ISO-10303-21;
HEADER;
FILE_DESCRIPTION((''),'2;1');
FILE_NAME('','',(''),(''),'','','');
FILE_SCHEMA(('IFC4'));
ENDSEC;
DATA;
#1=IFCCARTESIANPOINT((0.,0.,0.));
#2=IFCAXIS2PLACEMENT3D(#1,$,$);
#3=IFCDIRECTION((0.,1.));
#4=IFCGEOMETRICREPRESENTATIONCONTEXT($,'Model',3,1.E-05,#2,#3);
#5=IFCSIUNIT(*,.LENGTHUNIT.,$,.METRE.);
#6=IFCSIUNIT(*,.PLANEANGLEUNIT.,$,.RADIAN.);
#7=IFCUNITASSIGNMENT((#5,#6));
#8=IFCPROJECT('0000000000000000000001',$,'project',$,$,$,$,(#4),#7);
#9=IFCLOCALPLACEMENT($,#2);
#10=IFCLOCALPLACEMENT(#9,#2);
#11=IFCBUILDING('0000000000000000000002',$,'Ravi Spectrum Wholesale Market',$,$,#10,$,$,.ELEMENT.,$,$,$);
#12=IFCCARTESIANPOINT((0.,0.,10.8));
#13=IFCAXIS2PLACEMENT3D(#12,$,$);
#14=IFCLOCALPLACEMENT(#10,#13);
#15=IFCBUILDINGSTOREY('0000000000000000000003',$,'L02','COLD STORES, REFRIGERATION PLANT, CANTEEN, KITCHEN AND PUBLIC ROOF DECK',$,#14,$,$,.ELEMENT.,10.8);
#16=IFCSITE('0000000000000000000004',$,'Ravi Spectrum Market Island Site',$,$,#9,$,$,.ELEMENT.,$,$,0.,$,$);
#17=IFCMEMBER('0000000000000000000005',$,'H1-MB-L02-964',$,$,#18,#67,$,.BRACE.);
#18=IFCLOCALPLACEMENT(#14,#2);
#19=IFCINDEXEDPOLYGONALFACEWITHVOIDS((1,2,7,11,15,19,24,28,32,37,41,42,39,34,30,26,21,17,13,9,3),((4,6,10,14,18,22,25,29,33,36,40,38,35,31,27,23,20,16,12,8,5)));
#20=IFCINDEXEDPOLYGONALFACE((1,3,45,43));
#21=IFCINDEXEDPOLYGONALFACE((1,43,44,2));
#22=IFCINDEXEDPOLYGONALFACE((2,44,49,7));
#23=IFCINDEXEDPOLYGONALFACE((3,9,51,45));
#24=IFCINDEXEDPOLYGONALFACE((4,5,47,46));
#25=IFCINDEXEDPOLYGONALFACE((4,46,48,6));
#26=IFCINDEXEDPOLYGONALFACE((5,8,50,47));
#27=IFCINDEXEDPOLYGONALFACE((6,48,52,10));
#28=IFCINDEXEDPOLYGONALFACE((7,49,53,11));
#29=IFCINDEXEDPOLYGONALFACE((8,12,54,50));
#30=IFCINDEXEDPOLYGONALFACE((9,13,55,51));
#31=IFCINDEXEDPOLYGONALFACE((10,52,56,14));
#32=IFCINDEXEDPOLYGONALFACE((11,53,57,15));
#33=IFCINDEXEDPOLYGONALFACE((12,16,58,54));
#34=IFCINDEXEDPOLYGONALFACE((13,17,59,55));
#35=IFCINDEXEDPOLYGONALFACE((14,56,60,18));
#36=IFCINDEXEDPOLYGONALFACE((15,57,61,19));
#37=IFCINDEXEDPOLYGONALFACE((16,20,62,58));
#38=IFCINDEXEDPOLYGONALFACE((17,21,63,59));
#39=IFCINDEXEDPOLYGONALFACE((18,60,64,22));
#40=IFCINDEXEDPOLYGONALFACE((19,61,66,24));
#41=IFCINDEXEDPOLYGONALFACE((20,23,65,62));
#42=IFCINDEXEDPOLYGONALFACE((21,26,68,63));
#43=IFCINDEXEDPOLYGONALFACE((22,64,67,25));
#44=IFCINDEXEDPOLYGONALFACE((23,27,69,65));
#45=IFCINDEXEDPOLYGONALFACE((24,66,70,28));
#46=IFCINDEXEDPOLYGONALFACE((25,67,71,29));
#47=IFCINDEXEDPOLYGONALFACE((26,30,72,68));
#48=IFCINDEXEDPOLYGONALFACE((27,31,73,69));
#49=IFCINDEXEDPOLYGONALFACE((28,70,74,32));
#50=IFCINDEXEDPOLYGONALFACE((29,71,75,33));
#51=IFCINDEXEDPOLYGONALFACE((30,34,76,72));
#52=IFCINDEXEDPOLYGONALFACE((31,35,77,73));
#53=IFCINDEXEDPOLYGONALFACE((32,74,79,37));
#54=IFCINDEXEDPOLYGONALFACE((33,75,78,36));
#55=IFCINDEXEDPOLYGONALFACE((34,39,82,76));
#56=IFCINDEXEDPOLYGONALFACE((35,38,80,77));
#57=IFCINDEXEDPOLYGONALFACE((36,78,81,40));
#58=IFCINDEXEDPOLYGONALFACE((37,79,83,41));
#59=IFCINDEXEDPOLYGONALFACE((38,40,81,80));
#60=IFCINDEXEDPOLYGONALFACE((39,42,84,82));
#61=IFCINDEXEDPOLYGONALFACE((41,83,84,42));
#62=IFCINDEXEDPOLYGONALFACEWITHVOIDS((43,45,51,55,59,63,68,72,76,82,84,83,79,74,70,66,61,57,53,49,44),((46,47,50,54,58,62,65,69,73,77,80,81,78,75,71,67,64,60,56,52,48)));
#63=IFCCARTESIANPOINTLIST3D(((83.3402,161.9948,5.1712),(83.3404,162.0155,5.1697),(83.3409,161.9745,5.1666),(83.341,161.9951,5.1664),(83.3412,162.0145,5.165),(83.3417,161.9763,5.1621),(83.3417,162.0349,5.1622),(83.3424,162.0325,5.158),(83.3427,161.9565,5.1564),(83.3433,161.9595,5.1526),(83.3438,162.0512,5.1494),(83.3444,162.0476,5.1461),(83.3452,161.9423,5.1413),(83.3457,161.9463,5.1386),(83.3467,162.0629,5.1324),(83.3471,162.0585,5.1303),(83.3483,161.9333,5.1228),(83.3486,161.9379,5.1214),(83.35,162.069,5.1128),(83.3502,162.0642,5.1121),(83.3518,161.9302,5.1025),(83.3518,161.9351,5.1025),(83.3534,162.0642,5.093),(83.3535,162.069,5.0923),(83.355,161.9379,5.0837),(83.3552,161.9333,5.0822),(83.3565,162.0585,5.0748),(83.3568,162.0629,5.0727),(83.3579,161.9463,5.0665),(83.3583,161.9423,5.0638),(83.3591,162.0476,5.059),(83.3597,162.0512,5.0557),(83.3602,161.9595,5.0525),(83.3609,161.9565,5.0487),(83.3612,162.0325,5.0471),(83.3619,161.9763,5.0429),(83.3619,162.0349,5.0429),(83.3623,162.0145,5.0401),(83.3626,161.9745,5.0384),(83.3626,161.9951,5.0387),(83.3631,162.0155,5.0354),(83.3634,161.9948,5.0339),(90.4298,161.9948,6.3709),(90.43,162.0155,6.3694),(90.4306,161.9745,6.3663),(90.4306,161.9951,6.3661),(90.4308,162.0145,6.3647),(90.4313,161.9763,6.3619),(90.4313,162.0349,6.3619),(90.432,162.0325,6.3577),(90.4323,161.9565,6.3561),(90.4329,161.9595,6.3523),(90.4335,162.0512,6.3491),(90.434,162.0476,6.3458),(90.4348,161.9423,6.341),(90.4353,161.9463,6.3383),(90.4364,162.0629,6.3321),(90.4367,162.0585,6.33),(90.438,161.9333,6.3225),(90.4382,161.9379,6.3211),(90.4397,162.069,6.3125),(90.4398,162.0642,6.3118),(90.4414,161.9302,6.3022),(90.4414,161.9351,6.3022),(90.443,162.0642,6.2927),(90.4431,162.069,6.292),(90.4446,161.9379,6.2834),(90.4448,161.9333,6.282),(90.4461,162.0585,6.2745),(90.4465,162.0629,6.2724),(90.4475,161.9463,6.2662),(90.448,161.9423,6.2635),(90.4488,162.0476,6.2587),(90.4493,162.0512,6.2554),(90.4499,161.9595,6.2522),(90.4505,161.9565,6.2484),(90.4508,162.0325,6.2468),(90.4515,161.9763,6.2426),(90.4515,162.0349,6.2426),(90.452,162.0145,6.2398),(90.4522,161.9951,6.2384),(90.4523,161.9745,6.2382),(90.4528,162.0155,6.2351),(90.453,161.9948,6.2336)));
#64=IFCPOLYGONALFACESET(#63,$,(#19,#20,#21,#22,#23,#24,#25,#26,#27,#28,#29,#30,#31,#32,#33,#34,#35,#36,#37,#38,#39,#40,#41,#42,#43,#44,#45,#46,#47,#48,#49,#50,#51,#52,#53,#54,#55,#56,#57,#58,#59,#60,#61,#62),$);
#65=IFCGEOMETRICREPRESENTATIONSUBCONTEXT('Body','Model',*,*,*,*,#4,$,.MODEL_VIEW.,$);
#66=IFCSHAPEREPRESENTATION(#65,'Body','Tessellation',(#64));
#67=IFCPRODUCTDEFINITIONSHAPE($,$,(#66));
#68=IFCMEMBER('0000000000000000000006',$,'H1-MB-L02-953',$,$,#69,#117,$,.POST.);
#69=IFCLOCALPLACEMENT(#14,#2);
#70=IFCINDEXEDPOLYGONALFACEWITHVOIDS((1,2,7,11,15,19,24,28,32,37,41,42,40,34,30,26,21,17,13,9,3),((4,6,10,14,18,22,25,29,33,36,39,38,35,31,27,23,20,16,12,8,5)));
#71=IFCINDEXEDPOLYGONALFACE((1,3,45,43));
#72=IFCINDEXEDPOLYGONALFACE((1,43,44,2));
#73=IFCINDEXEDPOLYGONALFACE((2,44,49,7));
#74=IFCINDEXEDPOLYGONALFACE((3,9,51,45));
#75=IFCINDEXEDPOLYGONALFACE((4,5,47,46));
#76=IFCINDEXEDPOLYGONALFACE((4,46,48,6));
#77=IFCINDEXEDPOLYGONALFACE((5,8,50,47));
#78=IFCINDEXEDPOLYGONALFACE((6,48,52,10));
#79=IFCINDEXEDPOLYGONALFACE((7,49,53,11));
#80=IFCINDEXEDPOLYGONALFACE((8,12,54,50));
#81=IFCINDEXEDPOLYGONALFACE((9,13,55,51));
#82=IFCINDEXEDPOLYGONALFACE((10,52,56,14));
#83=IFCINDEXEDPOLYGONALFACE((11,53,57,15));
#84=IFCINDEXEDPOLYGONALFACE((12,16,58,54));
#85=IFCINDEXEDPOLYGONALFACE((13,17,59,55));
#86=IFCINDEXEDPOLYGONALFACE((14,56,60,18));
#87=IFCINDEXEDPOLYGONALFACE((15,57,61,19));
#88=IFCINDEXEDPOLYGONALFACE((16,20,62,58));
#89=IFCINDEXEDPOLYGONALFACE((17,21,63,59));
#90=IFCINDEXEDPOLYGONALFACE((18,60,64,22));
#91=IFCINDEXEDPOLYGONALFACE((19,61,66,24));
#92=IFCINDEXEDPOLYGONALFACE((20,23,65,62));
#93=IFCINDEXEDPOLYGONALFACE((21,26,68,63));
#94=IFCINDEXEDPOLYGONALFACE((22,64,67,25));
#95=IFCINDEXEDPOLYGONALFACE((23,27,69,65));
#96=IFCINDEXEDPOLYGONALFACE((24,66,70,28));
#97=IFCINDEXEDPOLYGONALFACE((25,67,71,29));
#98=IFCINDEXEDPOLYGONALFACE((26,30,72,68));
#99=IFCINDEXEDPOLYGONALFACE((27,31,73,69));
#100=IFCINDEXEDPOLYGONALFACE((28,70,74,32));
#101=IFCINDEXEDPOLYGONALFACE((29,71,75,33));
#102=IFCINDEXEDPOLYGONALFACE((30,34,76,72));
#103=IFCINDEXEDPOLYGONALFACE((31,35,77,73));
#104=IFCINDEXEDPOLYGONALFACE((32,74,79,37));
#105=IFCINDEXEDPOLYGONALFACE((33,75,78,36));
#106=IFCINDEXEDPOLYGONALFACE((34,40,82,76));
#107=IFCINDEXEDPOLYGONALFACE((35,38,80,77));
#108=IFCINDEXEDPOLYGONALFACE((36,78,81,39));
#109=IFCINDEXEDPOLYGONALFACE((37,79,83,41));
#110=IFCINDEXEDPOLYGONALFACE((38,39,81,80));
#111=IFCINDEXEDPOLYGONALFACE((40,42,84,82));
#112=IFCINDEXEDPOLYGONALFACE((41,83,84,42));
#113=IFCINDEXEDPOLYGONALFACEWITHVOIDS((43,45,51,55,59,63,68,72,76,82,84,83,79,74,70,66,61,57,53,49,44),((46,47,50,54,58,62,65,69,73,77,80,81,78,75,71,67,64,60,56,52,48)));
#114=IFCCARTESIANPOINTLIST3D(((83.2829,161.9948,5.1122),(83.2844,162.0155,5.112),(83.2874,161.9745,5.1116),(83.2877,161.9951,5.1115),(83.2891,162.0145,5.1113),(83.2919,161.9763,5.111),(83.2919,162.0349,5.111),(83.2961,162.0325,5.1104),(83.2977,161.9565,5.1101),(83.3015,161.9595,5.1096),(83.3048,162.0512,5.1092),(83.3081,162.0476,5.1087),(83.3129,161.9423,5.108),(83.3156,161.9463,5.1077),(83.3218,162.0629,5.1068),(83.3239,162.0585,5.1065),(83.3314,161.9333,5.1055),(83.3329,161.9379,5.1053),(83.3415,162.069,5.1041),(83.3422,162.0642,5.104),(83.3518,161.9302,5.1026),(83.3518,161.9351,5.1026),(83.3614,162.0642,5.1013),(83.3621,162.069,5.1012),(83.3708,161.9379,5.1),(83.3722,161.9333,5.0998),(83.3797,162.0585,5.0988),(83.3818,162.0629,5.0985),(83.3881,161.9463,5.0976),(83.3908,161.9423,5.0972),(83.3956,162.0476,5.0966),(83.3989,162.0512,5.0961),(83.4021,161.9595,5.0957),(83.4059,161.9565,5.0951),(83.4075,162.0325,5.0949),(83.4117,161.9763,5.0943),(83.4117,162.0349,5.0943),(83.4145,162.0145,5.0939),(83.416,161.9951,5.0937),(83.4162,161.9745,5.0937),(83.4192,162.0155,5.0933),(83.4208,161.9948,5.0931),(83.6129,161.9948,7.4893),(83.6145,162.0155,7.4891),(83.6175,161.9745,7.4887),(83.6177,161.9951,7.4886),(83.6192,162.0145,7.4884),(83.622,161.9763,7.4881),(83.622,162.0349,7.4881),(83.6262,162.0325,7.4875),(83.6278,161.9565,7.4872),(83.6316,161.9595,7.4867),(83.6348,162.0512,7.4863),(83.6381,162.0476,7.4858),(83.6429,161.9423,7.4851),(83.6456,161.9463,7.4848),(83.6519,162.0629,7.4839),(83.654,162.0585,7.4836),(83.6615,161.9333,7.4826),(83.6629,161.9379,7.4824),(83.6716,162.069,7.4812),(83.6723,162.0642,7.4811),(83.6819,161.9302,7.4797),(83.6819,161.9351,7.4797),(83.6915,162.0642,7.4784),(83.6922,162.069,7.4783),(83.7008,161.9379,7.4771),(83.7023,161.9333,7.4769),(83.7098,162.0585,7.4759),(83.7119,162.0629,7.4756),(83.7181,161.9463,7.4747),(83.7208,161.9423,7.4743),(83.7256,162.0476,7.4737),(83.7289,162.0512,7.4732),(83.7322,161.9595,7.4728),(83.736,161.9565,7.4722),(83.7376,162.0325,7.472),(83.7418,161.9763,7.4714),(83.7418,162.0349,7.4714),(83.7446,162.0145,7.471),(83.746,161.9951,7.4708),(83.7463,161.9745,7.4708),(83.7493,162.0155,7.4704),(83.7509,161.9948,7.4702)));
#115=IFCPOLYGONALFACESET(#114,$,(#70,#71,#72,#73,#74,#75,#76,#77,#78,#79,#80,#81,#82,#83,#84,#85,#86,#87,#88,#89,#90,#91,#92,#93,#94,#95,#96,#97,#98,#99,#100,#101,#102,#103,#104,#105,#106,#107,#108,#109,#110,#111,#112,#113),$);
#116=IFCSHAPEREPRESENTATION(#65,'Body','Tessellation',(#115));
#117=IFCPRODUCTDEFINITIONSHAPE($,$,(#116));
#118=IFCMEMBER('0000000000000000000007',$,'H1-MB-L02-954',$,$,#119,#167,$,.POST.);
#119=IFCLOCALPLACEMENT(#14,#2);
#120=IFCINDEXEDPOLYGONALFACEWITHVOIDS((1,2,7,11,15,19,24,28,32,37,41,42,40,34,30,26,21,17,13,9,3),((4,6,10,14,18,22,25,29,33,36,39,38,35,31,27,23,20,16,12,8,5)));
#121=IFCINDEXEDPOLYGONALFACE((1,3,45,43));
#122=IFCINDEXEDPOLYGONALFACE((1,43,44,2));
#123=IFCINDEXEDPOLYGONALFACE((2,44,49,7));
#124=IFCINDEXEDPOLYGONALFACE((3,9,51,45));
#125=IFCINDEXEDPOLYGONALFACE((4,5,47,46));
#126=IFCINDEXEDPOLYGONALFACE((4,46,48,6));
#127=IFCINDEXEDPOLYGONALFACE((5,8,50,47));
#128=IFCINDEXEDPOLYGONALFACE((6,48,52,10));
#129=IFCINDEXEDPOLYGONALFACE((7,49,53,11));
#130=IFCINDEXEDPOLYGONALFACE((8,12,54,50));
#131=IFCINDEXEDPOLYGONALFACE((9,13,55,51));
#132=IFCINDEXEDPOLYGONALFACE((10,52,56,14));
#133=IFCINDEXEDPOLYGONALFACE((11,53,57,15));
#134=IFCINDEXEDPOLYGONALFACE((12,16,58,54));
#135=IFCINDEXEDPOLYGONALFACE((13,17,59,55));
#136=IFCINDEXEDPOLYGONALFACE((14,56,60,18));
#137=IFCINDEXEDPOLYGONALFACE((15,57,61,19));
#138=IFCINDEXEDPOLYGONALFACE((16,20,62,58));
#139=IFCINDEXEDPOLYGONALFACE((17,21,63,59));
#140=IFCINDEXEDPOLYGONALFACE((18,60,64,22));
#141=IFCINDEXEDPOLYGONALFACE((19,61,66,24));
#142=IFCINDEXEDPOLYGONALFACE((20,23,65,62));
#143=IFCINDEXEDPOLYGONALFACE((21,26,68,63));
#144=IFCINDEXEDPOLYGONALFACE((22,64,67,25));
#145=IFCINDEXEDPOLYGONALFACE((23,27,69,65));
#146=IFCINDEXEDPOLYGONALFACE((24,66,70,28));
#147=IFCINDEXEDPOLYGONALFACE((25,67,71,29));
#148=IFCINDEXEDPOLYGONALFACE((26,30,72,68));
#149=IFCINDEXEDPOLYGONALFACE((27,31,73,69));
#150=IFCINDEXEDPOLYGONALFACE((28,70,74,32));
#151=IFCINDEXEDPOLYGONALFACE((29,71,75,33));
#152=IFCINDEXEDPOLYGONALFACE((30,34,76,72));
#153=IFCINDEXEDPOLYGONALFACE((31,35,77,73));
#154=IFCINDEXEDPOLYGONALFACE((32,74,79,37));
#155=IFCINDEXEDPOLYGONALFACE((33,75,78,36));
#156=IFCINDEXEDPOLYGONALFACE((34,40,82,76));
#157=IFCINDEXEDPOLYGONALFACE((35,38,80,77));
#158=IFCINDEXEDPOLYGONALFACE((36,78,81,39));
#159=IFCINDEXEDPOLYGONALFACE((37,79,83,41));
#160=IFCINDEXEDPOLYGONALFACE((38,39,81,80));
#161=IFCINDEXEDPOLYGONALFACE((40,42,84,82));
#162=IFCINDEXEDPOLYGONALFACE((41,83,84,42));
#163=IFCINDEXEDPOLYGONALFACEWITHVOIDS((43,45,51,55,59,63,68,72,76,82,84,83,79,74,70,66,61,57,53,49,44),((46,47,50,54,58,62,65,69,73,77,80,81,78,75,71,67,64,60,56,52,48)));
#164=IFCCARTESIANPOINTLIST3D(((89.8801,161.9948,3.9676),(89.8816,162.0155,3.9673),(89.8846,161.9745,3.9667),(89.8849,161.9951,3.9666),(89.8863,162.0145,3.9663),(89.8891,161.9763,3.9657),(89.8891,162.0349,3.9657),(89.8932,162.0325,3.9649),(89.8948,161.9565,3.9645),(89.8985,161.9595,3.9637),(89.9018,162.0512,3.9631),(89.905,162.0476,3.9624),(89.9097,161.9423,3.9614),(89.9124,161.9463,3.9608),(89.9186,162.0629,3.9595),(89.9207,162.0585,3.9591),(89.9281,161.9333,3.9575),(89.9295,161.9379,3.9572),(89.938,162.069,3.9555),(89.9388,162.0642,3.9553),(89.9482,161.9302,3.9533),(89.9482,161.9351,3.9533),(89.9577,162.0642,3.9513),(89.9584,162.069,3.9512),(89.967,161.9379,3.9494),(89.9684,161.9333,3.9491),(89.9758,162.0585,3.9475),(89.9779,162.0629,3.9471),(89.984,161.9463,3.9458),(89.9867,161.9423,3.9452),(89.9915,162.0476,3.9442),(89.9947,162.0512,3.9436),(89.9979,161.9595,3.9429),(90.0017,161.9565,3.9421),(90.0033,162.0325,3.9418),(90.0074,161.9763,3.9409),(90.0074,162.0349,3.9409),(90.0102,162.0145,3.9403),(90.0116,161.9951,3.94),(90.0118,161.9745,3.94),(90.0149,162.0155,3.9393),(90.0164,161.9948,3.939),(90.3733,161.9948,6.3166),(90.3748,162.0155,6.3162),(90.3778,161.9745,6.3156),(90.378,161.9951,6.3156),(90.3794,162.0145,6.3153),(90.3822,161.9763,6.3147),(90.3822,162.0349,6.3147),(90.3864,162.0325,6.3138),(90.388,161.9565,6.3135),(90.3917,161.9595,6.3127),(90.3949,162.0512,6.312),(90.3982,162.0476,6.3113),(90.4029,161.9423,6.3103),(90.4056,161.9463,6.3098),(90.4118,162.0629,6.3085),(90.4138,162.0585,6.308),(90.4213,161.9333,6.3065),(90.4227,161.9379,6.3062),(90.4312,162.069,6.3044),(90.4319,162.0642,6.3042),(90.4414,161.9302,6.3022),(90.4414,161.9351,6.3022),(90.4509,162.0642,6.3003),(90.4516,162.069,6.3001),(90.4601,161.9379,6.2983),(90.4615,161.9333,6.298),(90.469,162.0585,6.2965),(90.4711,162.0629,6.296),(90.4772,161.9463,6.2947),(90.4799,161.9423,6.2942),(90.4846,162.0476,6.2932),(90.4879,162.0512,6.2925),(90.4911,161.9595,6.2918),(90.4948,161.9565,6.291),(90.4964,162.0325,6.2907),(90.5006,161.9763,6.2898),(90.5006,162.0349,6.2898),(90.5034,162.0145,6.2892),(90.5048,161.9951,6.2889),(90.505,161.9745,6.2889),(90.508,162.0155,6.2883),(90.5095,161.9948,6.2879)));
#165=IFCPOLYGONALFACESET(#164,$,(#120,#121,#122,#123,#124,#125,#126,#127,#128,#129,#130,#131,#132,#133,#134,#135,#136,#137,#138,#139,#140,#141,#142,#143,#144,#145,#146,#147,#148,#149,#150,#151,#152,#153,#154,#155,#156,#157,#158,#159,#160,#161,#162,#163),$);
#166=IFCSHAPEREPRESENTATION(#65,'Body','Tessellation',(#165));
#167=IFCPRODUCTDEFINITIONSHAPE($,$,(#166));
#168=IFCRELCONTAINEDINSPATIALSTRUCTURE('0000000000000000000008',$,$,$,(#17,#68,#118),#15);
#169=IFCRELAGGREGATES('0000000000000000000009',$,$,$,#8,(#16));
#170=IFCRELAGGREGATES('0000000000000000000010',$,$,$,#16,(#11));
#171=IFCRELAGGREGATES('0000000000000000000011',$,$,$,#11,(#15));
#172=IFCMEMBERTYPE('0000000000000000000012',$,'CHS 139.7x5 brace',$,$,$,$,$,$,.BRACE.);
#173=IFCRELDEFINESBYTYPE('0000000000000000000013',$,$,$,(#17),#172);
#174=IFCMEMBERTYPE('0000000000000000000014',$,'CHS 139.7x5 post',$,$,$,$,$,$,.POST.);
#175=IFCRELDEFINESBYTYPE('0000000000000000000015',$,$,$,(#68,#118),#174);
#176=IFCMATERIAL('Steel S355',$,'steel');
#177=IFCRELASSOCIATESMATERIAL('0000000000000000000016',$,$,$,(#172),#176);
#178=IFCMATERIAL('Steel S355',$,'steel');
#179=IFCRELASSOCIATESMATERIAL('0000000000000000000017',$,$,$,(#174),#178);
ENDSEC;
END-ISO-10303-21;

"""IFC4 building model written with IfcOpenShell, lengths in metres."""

from ifc_helpers import new_model, si_unit, direction, frame, origin, origin_2d, place, context, subcontext, project, spatial, hollow_circle, extrude, material, material_profile, profile_set, type_object, element, save


model = new_model("IFC4")

# Units and contexts
model_context = context("Model", 3, precision=1e-05, world=origin(), true_north=direction((0.0, 1.0)))
body_context = subcontext(model_context, "Body", "Model", "MODEL_VIEW")
ifc_project = project(units=[si_unit("LENGTHUNIT", "METRE"), si_unit("PLANEANGLEUNIT", "RADIAN")], contexts=[model_context])

# Site, building, storey
site_placement = place(None, origin())
site = spatial("IfcSite", under=ifc_project, at=site_placement, Name="Ravi Spectrum Market Island Site", CompositionType="ELEMENT", RefElevation=0.0)
building_placement = place(site_placement, origin())
building = spatial("IfcBuilding", under=site, at=building_placement, Name="Ravi Spectrum Wholesale Market", CompositionType="ELEMENT")
storey_placement = place(building_placement, frame((0.0, 0.0, 10.8)))
storey = spatial("IfcBuildingStorey", under=building, at=storey_placement, Name="L02", Description="COLD STORES, REFRIGERATION PLANT, CANTEEN, KITCHEN AND PUBLIC ROOF DECK", CompositionType="ELEMENT", Elevation=10.8)

# Members
ifc_material_1 = material(Name="Steel S355", Category="steel")
ifc_material_profile_1 = material_profile(ifc_material_1, hollow_circle(Radius=0.0698, WallThickness=0.0049, at=origin_2d()))
ifc_profile_set_1 = profile_set([ifc_material_profile_1], Name="Steel S355")
member_type_1 = type_object("IfcMemberType", Name="CHS 139.7x5 brace", PredefinedType="BRACE", material=ifc_profile_set_1)
member_1_placement = place(storey_placement, frame((90.4414, 162.0, 6.3022), z_axis=(-0.985983, 0.0, -0.166849), x_axis=(0.0, -1.0, 0.0)))
element("IfcMember", 1, at=member_1_placement, inside=storey, type_object=member_type_1, Name="H1-MB-L02-964", PredefinedType="BRACE", context=body_context, shape_type="SweptSolid", body=[
    extrude(hollow_circle(Radius=0.0698, WallThickness=0.0049, at=origin_2d()), origin(), (0.0, 0.0, 1.0), 7.1904),
])
ifc_material_2 = material(Name="Steel S355", Category="steel")
ifc_material_profile_2 = material_profile(ifc_material_2, hollow_circle(Radius=0.0698, WallThickness=0.0049, at=origin_2d()))
ifc_profile_set_2 = profile_set([ifc_material_profile_2], Name="Steel S355")
member_type_2 = type_object("IfcMemberType", Name="CHS 139.7x5 post", PredefinedType="POST", material=ifc_profile_set_2)
member_2_placement = place(storey_placement, frame((83.6819, 162.0, 7.4797), z_axis=(-0.137532, 0.0, -0.990497), x_axis=(0.0, -1.0, 0.0)))
element("IfcMember", 2, at=member_2_placement, inside=storey, type_object=member_type_2, Name="H1-MB-L02-953", PredefinedType="POST", context=body_context, shape_type="SweptSolid", body=[
    extrude(hollow_circle(Radius=0.0698, WallThickness=0.0049, at=origin_2d()), origin(), (0.0, 0.0, 1.0), 2.3999),
])
member_3_placement = place(storey_placement, frame((90.4414, 162.0, 6.3022), z_axis=(-0.205477, 0.0, -0.978662), x_axis=(0.0, -1.0, 0.0)))
element("IfcMember", 3, at=member_3_placement, inside=storey, type_object=member_type_2, Name="H1-MB-L02-954", PredefinedType="POST", context=body_context, shape_type="SweptSolid", body=[
    extrude(hollow_circle(Radius=0.0698, WallThickness=0.0049, at=origin_2d()), origin(), (0.0, 0.0, 1.0), 2.4001),
])

save(model, "model.ifc")
